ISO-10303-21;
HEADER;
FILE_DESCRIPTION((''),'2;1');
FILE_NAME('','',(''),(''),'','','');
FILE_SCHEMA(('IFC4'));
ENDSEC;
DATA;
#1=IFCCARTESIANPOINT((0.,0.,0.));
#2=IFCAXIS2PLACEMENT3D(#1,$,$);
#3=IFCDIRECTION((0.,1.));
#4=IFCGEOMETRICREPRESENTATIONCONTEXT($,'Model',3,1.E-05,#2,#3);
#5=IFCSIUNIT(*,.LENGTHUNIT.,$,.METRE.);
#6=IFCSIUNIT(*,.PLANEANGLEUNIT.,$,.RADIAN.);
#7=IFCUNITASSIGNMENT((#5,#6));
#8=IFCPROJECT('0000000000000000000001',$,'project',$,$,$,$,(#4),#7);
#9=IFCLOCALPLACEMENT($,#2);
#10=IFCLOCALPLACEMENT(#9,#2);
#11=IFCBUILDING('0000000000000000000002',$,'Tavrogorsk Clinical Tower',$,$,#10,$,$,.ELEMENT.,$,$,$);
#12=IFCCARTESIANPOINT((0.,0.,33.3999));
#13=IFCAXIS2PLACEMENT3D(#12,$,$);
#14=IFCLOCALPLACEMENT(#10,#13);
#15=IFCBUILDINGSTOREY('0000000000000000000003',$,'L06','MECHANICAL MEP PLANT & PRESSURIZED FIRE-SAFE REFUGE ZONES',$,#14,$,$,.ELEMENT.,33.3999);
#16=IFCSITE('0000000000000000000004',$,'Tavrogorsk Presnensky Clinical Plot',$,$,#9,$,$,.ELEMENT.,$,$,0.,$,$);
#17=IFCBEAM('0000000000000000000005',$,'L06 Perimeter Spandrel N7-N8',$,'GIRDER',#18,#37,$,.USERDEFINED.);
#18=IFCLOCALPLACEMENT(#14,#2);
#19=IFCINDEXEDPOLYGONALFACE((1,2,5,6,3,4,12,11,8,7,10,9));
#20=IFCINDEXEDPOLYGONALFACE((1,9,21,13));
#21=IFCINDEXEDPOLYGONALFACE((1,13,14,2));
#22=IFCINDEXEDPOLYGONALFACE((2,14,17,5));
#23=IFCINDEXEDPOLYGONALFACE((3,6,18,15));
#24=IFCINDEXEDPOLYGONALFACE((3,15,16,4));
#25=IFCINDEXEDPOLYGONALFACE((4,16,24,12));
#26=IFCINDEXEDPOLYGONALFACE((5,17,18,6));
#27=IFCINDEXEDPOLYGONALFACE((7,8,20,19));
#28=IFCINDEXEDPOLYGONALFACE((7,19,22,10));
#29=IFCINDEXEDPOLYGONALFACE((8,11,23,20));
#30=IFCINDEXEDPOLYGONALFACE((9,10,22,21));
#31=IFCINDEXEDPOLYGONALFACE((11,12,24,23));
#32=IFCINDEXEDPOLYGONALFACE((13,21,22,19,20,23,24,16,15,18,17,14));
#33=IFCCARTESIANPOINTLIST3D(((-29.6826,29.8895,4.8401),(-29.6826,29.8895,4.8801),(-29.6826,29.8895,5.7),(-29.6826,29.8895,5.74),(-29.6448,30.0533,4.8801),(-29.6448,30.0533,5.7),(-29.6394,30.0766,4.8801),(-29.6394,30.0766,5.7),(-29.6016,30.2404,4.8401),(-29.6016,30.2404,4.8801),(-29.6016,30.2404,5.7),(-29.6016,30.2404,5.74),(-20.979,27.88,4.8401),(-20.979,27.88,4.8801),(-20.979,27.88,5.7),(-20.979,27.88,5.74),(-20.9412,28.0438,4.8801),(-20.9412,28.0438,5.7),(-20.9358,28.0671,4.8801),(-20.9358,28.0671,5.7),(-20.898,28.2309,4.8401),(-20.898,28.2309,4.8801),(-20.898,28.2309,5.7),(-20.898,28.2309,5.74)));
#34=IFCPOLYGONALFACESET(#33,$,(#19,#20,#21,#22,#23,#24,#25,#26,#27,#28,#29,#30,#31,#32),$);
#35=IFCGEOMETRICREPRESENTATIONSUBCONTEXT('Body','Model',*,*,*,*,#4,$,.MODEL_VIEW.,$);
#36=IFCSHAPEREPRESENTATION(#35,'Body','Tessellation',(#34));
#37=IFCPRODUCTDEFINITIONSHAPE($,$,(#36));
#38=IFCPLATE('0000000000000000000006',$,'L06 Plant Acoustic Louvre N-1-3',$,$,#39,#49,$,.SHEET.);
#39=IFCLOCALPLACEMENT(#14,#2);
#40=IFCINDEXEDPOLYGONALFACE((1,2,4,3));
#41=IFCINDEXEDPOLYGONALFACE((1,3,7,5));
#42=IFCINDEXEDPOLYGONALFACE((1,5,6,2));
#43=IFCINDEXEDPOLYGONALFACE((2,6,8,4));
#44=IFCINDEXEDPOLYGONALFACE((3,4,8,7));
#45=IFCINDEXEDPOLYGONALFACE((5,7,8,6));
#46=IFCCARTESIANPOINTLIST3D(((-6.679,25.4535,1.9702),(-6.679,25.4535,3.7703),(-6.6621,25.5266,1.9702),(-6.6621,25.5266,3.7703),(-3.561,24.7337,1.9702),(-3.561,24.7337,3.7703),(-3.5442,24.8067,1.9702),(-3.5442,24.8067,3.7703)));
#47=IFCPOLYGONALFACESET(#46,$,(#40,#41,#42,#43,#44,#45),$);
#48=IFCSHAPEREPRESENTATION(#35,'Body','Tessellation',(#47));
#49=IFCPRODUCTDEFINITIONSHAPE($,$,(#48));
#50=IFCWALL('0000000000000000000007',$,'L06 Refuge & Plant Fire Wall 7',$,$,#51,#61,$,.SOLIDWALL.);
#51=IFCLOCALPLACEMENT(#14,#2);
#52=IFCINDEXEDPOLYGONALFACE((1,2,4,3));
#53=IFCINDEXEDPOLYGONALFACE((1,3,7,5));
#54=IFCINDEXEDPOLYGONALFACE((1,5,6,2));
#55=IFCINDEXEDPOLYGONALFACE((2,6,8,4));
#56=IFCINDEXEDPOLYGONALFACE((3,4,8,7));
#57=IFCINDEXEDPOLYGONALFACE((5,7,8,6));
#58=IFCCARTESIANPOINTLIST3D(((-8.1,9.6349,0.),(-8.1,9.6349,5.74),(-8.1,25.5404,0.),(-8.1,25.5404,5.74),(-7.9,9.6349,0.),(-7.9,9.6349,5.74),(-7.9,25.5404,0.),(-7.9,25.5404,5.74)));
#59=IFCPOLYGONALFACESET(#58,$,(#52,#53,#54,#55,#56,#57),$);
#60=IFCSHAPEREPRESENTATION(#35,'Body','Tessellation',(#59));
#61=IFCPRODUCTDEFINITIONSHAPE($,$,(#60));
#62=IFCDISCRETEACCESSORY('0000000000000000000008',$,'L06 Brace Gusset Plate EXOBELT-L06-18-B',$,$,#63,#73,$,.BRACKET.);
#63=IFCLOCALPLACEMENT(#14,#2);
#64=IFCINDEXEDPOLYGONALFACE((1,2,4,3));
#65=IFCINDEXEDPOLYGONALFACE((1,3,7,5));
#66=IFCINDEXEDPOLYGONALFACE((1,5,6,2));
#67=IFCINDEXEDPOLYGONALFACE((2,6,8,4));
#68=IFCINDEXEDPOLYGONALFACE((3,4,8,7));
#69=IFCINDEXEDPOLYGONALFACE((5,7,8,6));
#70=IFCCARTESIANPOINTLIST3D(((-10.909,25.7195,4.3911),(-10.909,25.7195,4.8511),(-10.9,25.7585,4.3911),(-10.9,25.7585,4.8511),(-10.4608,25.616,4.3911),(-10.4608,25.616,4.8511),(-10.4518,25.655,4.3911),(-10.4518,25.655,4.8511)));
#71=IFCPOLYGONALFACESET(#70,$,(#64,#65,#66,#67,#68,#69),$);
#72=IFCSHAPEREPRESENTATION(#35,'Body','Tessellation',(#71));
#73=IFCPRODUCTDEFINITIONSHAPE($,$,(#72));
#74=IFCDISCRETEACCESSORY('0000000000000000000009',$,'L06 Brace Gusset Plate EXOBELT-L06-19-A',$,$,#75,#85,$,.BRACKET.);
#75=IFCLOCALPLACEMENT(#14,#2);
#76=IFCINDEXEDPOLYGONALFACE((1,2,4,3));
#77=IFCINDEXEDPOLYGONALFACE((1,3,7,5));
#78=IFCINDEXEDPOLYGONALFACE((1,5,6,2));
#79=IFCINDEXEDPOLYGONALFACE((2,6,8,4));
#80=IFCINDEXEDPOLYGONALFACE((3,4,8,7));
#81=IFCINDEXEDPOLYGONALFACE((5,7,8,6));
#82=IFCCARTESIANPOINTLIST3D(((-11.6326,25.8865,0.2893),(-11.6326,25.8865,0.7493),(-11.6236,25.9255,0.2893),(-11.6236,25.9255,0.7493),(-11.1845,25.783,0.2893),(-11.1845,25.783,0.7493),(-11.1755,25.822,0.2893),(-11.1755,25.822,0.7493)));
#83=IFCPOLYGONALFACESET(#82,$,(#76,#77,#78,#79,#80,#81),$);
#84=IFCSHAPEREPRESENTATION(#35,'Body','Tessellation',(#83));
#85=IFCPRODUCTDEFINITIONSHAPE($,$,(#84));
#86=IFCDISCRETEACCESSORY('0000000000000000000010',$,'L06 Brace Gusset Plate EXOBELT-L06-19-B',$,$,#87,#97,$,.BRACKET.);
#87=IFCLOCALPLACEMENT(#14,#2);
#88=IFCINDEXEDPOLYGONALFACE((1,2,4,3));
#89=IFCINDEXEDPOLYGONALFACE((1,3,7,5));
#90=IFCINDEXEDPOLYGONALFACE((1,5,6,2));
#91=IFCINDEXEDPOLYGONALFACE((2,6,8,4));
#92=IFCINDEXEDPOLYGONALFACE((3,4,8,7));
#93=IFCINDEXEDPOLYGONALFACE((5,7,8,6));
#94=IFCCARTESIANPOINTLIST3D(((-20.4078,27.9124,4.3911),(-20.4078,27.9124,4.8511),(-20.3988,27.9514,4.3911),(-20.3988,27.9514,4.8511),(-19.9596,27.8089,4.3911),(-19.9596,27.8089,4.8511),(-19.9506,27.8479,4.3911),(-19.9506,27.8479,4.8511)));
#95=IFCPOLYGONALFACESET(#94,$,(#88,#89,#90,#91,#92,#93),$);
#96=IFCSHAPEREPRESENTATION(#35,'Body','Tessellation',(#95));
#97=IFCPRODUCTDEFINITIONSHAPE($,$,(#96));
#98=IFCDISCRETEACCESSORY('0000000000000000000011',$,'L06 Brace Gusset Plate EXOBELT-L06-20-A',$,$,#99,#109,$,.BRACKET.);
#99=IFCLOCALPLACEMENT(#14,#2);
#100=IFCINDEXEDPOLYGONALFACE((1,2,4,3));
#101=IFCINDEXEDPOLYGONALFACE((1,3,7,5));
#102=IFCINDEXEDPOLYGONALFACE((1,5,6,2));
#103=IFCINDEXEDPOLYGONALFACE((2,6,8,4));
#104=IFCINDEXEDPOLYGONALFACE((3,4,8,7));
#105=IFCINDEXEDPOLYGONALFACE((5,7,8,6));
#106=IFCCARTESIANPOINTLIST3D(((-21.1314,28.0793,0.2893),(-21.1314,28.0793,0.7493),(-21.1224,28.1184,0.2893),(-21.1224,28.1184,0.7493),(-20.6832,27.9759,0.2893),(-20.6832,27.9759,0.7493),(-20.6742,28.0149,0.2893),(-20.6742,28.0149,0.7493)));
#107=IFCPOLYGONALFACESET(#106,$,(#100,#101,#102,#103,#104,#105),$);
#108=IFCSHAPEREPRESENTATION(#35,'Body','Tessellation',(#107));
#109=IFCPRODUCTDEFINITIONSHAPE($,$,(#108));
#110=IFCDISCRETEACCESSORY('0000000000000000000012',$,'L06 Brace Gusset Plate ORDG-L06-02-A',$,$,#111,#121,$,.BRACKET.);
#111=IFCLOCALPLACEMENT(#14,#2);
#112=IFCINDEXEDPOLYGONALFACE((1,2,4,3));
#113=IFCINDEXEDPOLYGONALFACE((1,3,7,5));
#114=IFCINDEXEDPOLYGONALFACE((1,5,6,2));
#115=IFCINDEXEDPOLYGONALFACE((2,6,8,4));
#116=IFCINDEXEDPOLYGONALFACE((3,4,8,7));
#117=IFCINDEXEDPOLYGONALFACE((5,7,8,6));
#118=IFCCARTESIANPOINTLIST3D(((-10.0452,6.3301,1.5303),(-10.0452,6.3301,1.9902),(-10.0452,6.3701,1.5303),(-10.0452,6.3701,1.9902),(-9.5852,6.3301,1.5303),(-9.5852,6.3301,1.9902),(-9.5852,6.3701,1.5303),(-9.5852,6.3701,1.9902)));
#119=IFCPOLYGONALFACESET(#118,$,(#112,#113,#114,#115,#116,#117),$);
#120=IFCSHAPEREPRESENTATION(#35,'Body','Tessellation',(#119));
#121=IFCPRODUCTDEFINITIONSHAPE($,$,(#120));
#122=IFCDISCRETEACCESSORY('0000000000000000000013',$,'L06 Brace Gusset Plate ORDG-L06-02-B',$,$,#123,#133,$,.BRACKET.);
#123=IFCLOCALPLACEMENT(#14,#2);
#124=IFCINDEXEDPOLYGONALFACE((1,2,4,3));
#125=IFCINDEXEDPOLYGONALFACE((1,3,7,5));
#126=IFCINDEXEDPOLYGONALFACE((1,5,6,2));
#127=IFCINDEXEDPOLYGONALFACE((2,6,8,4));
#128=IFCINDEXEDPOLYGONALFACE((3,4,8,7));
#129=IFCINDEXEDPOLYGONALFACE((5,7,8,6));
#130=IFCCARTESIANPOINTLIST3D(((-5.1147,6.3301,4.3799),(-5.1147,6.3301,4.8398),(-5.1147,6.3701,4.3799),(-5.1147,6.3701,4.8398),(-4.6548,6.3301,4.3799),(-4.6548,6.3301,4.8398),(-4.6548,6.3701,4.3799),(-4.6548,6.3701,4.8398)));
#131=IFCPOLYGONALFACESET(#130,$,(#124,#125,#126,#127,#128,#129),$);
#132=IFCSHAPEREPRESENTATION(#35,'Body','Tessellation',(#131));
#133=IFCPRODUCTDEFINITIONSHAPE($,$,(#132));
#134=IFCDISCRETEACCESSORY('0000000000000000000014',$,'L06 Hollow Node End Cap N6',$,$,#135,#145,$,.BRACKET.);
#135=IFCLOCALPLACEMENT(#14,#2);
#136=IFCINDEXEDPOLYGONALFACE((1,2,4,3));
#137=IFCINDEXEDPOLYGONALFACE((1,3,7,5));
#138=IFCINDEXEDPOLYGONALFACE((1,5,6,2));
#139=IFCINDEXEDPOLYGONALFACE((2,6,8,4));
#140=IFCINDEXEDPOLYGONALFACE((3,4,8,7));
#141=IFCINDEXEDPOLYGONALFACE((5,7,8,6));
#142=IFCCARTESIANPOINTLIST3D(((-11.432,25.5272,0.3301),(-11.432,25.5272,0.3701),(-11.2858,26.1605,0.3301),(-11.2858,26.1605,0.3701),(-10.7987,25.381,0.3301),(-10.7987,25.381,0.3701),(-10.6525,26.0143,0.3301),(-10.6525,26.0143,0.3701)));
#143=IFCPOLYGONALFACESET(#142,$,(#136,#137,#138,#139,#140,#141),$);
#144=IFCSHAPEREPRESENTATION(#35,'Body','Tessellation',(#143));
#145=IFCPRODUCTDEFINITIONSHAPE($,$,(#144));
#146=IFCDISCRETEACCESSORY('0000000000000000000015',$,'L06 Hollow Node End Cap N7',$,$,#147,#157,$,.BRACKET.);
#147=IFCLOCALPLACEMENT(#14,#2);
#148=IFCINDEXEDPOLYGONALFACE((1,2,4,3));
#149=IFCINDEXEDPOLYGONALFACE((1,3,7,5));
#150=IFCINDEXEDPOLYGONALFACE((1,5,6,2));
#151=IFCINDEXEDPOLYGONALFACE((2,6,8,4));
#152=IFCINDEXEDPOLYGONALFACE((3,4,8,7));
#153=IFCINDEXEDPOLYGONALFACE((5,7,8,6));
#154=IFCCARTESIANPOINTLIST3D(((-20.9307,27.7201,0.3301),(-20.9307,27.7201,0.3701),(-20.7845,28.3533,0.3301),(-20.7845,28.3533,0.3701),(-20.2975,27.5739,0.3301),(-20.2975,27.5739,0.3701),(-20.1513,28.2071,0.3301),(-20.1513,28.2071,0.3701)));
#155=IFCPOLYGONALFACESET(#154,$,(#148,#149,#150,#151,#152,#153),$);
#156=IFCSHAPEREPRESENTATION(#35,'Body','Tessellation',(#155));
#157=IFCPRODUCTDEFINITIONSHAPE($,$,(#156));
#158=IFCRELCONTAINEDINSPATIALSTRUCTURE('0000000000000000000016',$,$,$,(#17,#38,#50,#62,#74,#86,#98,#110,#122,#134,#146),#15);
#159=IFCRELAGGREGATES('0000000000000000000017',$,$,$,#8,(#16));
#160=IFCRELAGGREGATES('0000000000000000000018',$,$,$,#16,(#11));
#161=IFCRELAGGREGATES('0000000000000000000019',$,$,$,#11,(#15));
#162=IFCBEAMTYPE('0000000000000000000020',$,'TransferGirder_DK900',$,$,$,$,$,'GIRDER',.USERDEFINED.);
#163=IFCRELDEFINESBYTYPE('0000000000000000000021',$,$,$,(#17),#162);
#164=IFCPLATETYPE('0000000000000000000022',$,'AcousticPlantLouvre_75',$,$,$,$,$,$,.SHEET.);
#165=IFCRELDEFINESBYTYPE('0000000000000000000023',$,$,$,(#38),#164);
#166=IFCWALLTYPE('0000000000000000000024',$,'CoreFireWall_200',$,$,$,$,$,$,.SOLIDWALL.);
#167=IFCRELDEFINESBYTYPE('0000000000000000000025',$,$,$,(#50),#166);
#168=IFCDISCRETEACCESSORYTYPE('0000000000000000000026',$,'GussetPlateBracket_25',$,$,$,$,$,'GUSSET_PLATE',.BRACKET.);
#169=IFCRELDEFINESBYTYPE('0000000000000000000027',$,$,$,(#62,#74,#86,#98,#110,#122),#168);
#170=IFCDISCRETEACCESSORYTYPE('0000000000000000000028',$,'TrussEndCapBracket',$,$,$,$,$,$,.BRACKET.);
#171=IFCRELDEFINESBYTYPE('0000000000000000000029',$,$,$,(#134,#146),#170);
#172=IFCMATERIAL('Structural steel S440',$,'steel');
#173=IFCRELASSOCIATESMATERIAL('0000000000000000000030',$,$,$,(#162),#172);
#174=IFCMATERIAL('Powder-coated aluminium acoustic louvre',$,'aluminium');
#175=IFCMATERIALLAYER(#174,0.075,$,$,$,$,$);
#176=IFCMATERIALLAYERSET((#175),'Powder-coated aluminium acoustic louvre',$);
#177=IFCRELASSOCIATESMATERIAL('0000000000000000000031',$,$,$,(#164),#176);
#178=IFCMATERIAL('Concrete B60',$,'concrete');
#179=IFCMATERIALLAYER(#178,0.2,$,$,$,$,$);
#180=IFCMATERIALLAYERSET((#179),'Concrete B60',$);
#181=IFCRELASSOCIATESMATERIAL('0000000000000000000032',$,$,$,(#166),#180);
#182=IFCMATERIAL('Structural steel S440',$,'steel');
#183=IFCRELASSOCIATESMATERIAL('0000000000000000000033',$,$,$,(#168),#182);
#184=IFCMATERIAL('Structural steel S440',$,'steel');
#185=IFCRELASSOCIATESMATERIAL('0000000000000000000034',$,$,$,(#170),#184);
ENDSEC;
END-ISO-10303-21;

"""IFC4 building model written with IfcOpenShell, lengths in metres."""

from ifc_helpers import new_model, si_unit, direction, frame, frame_2d, origin, origin_2d, place, context, subcontext, project, spatial, rectangle, i_section, extrude, material, layer, layer_set, material_profile, profile_set, type_object, element, save


model = new_model("IFC4")

# Units and contexts
model_context = context("Model", 3, precision=1e-05, world=origin(), true_north=direction((0.0, 1.0)))
body_context = subcontext(model_context, "Body", "Model", "MODEL_VIEW")
ifc_project = project(units=[si_unit("LENGTHUNIT", "METRE"), si_unit("PLANEANGLEUNIT", "RADIAN")], contexts=[model_context])

# Site, building, storey
site_placement = place(None, origin())
site = spatial("IfcSite", under=ifc_project, at=site_placement, Name="Tavrogorsk Presnensky Clinical Plot", CompositionType="ELEMENT", RefElevation=0.0)
building_placement = place(site_placement, origin())
building = spatial("IfcBuilding", under=site, at=building_placement, Name="Tavrogorsk Clinical Tower", CompositionType="ELEMENT")
storey_placement = place(building_placement, frame((0.0, 0.0, 33.3999)))
storey = spatial("IfcBuildingStorey", under=building, at=storey_placement, Name="L06", Description="MECHANICAL MEP PLANT & PRESSURIZED FIRE-SAFE REFUGE ZONES", CompositionType="ELEMENT", Elevation=33.3999)

# Beam
ifc_material_1 = material(Name="Structural steel S440", Category="steel")
ifc_material_profile_1 = material_profile(ifc_material_1, i_section(OverallWidth=0.3601, OverallDepth=0.8999, WebThickness=0.0239, FlangeThickness=0.04, at=origin_2d()), Name="DK-900x360x24x40")
ifc_profile_set_1 = profile_set([ifc_material_profile_1], Name="Structural steel S440")
beam_type_1 = type_object("IfcBeamType", Name="TransferGirder_DK900", ElementType="GIRDER", PredefinedType="USERDEFINED", material=ifc_profile_set_1)
for number, where, z_axis, x_axis, name in (
    (1, (-20.9385, 28.0554, 5.29), (-0.974367, 0.224965, 0.0), (-0.224965, -0.974367, 0.0), "L06 Perimeter Spandrel N7-N8"),
):
    element("IfcBeam", number, at=place(storey_placement, frame(where, z_axis=z_axis, x_axis=x_axis)), inside=storey, type_object=beam_type_1, Name=name, ObjectType="GIRDER", PredefinedType="USERDEFINED", context=body_context, shape_type="SweptSolid", body=[
        extrude(i_section(OverallWidth=0.3601, OverallDepth=0.8999, WebThickness=0.0239, FlangeThickness=0.04, at=origin_2d()), origin(), (0.0, 0.0, 1.0), 8.9326),
    ])

# Plate
ifc_material_2 = material(Name="Powder-coated aluminium acoustic louvre", Category="aluminium")
ifc_layer_1 = layer(ifc_material_2, 0.075)
ifc_layer_set_1 = layer_set([ifc_layer_1], Name="Powder-coated aluminium acoustic louvre")
plate_type = type_object("IfcPlateType", Name="AcousticPlantLouvre_75", PredefinedType="SHEET", material=ifc_layer_set_1)
plate_placement = place(storey_placement, frame((-5.1116, 25.1301, 1.9702), z_axis=(0.0, 0.0, 1.0), x_axis=(-0.97437, 0.224951, 0.0)))
element("IfcPlate", 2, at=plate_placement, inside=storey, type_object=plate_type, Name="L06 Plant Acoustic Louvre N-1-3", PredefinedType="SHEET", context=body_context, shape_type="SweptSolid", body=[
    extrude(rectangle(XDim=3.2, YDim=0.075, at=origin_2d()), origin(), (0.0, 0.0, 1.0), 1.8),
])

# Wall
ifc_material_3 = material(Name="Concrete B60", Category="concrete")
ifc_layer_2 = layer(ifc_material_3, 0.2)
ifc_layer_set_2 = layer_set([ifc_layer_2], Name="Concrete B60")
wall_type = type_object("IfcWallType", Name="CoreFireWall_200", PredefinedType="SOLIDWALL", material=ifc_layer_set_2)
wall_placement = place(storey_placement, frame((-8.0, 9.635, 0.0), z_axis=(0.0, 0.0, 1.0), x_axis=(0.0, 1.0, 0.0)))
element("IfcWall", 3, at=wall_placement, inside=storey, type_object=wall_type, Name="L06 Refuge & Plant Fire Wall 7", PredefinedType="SOLIDWALL", context=body_context, shape_type="SweptSolid", body=[
    extrude(rectangle(XDim=15.9055, YDim=0.2, at=frame_2d((7.9526, 0.0))), origin(), (0.0, 0.0, 1.0), 5.74),
])

# Discrete accessories
ifc_material_4 = material(Name="Structural steel S440", Category="steel")
discrete_accessory_type_1 = type_object("IfcDiscreteAccessoryType", Name="GussetPlateBracket_25", ElementType="GUSSET_PLATE", PredefinedType="BRACKET", material=ifc_material_4)
for number, where, z_axis, x_axis, name in (
    (4, (-10.6804, 25.6873, 4.3911), (0.0, 0.0, 1.0), (-0.97437, 0.224951, 0.0), "L06 Brace Gusset Plate EXOBELT-L06-18-B"),
    (5, (-11.4041, 25.8542, 0.2893), (0.0, 0.0, 1.0), (-0.97437, 0.224951, 0.0), "L06 Brace Gusset Plate EXOBELT-L06-19-A"),
    (6, (-20.1792, 27.8801, 4.3911), (0.0, 0.0, 1.0), (-0.97437, 0.224951, 0.0), "L06 Brace Gusset Plate EXOBELT-L06-19-B"),
    (7, (-20.9028, 28.0471, 0.2893), (0.0, 0.0, 1.0), (-0.97437, 0.224951, 0.0), "L06 Brace Gusset Plate EXOBELT-L06-20-A"),
    (8, (-9.8152, 6.3501, 1.5303), (0.0, 0.0, 1.0), (1.0, 0.0, 0.0), "L06 Brace Gusset Plate ORDG-L06-02-A"),
    (9, (-4.8848, 6.3501, 4.3799), (0.0, 0.0, 1.0), (1.0, 0.0, 0.0), "L06 Brace Gusset Plate ORDG-L06-02-B"),
):
    element("IfcDiscreteAccessory", number, at=place(storey_placement, frame(where, z_axis=z_axis, x_axis=x_axis)), inside=storey, type_object=discrete_accessory_type_1, Name=name, PredefinedType="BRACKET", context=body_context, shape_type="SweptSolid", body=[
        extrude(rectangle(XDim=0.46, YDim=0.04, at=origin_2d()), origin(), (0.0, 0.0, 1.0), 0.46),
    ])
ifc_material_5 = material(Name="Structural steel S440", Category="steel")
discrete_accessory_type_2 = type_object("IfcDiscreteAccessoryType", Name="TrussEndCapBracket", PredefinedType="BRACKET", material=ifc_material_5)
for number, where, z_axis, x_axis, name in (
    (10, (-11.0422, 25.7708, 0.3301), (0.0, 0.0, 1.0), (0.97437, -0.224951, 0.0), "L06 Hollow Node End Cap N6"),
    (11, (-20.541, 27.9636, 0.3301), (0.0, 0.0, 1.0), (0.97437, -0.224951, 0.0), "L06 Hollow Node End Cap N7"),
):
    element("IfcDiscreteAccessory", number, at=place(storey_placement, frame(where, z_axis=z_axis, x_axis=x_axis)), inside=storey, type_object=discrete_accessory_type_2, Name=name, PredefinedType="BRACKET", context=body_context, shape_type="SweptSolid", body=[
        extrude(rectangle(XDim=0.6499, YDim=0.6499, at=origin_2d()), origin(), (0.0, 0.0, 1.0), 0.04),
    ])

save(model, "model.ifc")
